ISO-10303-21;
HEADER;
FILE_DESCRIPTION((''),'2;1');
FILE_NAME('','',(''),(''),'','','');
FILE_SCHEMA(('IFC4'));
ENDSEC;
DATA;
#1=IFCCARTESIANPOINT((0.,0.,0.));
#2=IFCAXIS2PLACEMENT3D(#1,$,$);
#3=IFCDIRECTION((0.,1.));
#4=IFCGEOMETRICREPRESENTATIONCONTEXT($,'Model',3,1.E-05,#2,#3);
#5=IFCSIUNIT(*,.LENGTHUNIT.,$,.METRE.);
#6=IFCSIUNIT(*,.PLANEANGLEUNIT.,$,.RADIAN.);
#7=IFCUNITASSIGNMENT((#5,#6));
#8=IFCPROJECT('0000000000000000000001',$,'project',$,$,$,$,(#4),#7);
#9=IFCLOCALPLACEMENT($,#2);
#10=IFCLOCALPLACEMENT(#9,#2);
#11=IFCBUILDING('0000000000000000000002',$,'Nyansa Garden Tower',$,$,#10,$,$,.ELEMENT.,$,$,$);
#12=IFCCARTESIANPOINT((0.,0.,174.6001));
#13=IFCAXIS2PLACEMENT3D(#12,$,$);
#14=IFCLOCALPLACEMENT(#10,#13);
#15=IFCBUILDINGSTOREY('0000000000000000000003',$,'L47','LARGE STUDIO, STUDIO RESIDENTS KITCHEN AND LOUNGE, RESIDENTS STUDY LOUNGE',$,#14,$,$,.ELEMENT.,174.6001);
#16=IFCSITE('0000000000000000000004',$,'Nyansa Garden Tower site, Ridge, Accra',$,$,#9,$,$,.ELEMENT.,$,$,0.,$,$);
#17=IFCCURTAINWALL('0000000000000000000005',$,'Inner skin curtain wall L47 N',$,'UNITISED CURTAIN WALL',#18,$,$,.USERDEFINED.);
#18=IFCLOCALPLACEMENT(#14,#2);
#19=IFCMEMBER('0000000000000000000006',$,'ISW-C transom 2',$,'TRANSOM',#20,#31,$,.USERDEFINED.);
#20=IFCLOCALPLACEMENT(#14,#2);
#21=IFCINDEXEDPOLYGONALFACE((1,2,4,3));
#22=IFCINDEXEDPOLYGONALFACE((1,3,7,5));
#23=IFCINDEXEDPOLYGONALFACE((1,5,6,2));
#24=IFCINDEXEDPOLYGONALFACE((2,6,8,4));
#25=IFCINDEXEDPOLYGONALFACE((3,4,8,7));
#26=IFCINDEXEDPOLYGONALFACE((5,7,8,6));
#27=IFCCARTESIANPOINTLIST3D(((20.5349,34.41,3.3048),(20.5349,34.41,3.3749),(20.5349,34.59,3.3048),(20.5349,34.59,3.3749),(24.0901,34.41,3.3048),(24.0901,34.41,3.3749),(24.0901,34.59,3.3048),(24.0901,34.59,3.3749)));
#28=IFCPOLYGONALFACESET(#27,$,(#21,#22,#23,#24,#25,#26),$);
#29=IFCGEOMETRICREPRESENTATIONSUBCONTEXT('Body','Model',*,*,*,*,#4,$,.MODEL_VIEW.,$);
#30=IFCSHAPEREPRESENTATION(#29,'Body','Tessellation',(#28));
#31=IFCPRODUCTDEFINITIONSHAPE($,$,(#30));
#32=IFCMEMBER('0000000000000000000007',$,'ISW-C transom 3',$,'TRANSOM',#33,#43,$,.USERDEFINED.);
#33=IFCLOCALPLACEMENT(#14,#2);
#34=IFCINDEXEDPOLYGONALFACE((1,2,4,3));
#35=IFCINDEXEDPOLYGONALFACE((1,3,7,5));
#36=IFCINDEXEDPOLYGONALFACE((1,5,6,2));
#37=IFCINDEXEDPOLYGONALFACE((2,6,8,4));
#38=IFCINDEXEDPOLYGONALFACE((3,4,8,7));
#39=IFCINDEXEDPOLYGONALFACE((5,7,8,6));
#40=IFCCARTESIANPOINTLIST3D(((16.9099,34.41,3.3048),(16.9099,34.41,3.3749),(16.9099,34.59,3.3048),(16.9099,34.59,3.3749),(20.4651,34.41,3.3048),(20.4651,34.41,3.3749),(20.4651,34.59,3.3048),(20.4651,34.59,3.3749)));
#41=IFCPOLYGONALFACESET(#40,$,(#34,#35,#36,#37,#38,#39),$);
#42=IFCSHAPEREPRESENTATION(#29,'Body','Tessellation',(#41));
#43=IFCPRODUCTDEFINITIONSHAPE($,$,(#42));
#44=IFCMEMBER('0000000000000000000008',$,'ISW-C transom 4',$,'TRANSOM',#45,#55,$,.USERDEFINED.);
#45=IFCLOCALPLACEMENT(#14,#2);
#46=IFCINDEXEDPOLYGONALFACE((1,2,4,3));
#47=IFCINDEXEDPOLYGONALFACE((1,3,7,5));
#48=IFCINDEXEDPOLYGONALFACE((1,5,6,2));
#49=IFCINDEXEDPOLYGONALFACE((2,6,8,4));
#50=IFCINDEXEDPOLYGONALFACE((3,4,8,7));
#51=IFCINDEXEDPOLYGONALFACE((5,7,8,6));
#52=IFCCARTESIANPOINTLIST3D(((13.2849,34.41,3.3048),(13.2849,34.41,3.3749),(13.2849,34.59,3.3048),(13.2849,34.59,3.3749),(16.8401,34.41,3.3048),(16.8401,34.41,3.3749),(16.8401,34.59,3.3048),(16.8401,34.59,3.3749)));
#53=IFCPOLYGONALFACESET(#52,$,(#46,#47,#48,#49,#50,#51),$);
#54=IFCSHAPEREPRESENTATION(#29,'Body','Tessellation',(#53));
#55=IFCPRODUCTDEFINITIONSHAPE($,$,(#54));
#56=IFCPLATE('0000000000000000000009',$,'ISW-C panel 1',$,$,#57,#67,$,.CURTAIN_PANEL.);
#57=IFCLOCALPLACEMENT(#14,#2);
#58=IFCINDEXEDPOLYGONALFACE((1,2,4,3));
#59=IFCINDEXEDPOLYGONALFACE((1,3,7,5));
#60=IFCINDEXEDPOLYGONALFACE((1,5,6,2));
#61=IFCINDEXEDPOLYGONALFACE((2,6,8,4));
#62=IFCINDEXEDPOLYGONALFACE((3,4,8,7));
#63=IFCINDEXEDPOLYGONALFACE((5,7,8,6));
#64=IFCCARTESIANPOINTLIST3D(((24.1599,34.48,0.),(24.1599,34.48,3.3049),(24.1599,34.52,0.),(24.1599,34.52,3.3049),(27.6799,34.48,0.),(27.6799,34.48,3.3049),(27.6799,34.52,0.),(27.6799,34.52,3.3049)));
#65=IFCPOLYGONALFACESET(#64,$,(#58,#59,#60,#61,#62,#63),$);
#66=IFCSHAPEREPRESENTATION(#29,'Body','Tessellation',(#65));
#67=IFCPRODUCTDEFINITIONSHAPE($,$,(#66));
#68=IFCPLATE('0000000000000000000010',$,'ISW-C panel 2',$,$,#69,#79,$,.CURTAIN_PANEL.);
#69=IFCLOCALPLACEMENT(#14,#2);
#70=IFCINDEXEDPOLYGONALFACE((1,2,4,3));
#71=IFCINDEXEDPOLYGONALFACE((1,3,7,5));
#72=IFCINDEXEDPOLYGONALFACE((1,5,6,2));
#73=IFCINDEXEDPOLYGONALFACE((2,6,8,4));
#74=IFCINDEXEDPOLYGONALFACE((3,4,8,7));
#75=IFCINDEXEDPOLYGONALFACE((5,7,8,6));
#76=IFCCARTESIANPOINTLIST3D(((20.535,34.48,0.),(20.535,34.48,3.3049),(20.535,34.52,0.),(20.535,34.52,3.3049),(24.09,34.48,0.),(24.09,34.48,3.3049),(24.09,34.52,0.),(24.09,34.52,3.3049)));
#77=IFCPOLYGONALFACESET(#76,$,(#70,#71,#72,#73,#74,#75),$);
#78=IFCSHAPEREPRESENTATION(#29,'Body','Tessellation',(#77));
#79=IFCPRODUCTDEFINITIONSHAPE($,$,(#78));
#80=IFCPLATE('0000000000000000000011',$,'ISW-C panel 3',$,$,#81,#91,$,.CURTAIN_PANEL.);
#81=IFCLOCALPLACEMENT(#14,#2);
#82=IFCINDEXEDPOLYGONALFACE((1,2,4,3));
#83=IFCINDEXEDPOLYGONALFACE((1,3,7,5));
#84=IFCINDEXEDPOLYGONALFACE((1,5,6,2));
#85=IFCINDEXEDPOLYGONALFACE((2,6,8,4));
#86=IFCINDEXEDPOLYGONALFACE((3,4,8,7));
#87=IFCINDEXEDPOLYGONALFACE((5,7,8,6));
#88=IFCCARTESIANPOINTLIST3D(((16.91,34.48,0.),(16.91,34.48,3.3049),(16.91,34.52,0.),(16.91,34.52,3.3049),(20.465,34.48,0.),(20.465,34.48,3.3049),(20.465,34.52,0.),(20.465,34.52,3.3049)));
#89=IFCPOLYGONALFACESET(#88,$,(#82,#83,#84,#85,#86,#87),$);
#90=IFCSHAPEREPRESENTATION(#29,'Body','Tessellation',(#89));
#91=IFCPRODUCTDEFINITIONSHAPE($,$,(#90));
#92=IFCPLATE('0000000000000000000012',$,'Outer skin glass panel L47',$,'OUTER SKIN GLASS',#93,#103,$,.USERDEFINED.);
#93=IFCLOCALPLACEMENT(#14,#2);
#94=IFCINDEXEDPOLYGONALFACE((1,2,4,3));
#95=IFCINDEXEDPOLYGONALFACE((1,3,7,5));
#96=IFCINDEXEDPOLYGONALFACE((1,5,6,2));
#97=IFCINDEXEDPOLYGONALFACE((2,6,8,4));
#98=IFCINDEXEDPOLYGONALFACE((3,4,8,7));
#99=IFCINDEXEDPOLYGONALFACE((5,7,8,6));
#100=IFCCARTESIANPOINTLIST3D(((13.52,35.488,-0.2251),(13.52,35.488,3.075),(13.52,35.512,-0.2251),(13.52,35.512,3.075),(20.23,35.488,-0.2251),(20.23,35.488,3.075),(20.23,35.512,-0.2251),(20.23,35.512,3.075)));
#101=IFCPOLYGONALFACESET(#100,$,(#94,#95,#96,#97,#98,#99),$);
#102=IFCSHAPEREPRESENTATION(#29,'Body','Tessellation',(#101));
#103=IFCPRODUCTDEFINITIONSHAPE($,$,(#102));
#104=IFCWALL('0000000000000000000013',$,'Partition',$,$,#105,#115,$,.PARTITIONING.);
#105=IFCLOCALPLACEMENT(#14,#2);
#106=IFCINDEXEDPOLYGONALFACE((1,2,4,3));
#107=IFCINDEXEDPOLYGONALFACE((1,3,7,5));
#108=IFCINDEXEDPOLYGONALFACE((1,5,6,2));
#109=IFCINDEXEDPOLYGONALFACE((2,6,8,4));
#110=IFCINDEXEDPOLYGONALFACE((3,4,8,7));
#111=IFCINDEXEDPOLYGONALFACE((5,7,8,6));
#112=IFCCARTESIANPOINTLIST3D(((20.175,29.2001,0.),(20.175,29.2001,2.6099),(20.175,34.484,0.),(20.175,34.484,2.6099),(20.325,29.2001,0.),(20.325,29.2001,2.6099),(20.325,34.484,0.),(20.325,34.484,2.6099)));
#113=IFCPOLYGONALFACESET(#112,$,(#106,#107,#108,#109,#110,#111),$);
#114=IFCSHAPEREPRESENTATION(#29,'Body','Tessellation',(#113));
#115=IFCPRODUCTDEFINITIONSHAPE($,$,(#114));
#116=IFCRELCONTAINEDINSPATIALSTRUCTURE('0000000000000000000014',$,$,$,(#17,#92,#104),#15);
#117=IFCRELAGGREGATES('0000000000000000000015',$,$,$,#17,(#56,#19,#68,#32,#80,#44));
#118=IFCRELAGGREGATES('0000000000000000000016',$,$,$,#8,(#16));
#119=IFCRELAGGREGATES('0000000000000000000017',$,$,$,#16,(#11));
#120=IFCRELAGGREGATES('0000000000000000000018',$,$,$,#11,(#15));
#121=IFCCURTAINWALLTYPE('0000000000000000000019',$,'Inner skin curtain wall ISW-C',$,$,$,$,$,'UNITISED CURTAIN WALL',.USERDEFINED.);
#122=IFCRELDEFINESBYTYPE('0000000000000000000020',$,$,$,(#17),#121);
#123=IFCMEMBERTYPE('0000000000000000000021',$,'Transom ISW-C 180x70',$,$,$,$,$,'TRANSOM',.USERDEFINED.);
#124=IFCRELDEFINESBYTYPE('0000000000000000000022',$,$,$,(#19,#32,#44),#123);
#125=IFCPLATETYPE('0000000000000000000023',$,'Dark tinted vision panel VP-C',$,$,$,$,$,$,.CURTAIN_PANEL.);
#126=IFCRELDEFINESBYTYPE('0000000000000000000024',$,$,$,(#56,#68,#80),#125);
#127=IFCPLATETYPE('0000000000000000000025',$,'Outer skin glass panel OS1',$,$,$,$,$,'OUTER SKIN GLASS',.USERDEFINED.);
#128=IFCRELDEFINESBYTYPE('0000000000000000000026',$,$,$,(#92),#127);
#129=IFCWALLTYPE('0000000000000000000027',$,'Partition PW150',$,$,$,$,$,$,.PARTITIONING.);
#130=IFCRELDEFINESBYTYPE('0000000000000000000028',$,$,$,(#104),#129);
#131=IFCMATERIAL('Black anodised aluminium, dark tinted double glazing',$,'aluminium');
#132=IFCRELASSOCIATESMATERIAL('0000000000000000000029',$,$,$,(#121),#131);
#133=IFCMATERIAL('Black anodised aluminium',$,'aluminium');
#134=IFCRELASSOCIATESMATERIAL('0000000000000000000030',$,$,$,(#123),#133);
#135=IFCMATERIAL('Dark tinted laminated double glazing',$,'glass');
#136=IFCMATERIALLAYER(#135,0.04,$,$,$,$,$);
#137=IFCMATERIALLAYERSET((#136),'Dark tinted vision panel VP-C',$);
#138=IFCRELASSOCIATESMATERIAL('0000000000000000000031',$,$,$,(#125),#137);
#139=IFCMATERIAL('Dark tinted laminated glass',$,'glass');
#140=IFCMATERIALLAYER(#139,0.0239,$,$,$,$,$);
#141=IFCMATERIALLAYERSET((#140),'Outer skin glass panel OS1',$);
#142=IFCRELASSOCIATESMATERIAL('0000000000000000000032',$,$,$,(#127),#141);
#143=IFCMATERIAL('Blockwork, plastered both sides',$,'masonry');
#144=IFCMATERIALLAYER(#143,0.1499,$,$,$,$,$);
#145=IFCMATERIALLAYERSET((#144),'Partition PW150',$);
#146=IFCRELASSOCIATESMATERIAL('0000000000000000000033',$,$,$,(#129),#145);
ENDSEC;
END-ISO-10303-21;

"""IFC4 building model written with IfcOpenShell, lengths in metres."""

from ifc_helpers import new_model, si_unit, direction, frame, frame_2d, origin, origin_2d, place, context, subcontext, project, spatial, rectangle, extrude, material, layer, layer_set, material_profile, profile_set, type_object, element, aggregate, save


model = new_model("IFC4")

# Units and contexts
model_context = context("Model", 3, precision=1e-05, world=origin(), true_north=direction((0.0, 1.0)))
body_context = subcontext(model_context, "Body", "Model", "MODEL_VIEW")
ifc_project = project(units=[si_unit("LENGTHUNIT", "METRE"), si_unit("PLANEANGLEUNIT", "RADIAN")], contexts=[model_context])

# Site, building, storey
site_placement = place(None, origin())
site = spatial("IfcSite", under=ifc_project, at=site_placement, Name="Nyansa Garden Tower site, Ridge, Accra", CompositionType="ELEMENT", RefElevation=0.0)
building_placement = place(site_placement, origin())
building = spatial("IfcBuilding", under=site, at=building_placement, Name="Nyansa Garden Tower", CompositionType="ELEMENT")
storey_placement = place(building_placement, frame((0.0, 0.0, 174.6001)))
storey = spatial("IfcBuildingStorey", under=building, at=storey_placement, Name="L47", Description="LARGE STUDIO, STUDIO RESIDENTS KITCHEN AND LOUNGE, RESIDENTS STUDY LOUNGE", CompositionType="ELEMENT", Elevation=174.6001)

# Curtain wall
ifc_material_1 = material(Name="Black anodised aluminium, dark tinted double glazing", Category="aluminium")
curtain_wall_type = type_object("IfcCurtainWallType", Name="Inner skin curtain wall ISW-C", ElementType="UNITISED CURTAIN WALL", PredefinedType="USERDEFINED", material=ifc_material_1)
curtain_wall_placement = place(storey_placement, origin())
curtain_wall = element("IfcCurtainWall", 1, at=curtain_wall_placement, inside=storey, type_object=curtain_wall_type, Name="Inner skin curtain wall L47 N", ObjectType="UNITISED CURTAIN WALL", PredefinedType="USERDEFINED")

# Members
ifc_material_2 = material(Name="Black anodised aluminium", Category="aluminium")
ifc_material_profile_1 = material_profile(ifc_material_2, rectangle(XDim=0.1799, YDim=0.0701, at=origin_2d()), Name="Transom 180x70")
ifc_profile_set_1 = profile_set([ifc_material_profile_1], Name="Black anodised aluminium")
member_type_1 = type_object("IfcMemberType", Name="Transom ISW-C 180x70", ElementType="TRANSOM", PredefinedType="USERDEFINED", material=ifc_profile_set_1)
member_1_placement = place(storey_placement, frame((24.0901, 34.5, 3.3398), z_axis=(-1.0, 0.0, 0.0), x_axis=(0.0, -1.0, 0.0)))
member_1 = element("IfcMember", 2, at=member_1_placement, type_object=member_type_1, Name="ISW-C transom 2", ObjectType="TRANSOM", PredefinedType="USERDEFINED", context=body_context, shape_type="SweptSolid", body=[
    extrude(rectangle(XDim=0.1799, YDim=0.0701, at=origin_2d()), origin(), (0.0, 0.0, 1.0), 3.5552),
])
member_2_placement = place(storey_placement, frame((20.4651, 34.5, 3.3398), z_axis=(-1.0, 0.0, 0.0), x_axis=(0.0, -1.0, 0.0)))
member_2 = element("IfcMember", 3, at=member_2_placement, type_object=member_type_1, Name="ISW-C transom 3", ObjectType="TRANSOM", PredefinedType="USERDEFINED", context=body_context, shape_type="SweptSolid", body=[
    extrude(rectangle(XDim=0.1799, YDim=0.0701, at=origin_2d()), origin(), (0.0, 0.0, 1.0), 3.5552),
])
member_3_placement = place(storey_placement, frame((16.8401, 34.5, 3.3398), z_axis=(-1.0, 0.0, 0.0), x_axis=(0.0, -1.0, 0.0)))
member_3 = element("IfcMember", 4, at=member_3_placement, type_object=member_type_1, Name="ISW-C transom 4", ObjectType="TRANSOM", PredefinedType="USERDEFINED", context=body_context, shape_type="SweptSolid", body=[
    extrude(rectangle(XDim=0.1799, YDim=0.0701, at=origin_2d()), origin(), (0.0, 0.0, 1.0), 3.5552),
])

# Plates
ifc_material_3 = material(Name="Dark tinted laminated double glazing", Category="glass")
ifc_layer_1 = layer(ifc_material_3, 0.04)
ifc_layer_set_1 = layer_set([ifc_layer_1], Name="Dark tinted vision panel VP-C")
plate_type_1 = type_object("IfcPlateType", Name="Dark tinted vision panel VP-C", PredefinedType="CURTAIN_PANEL", material=ifc_layer_set_1)
plate_1_placement = place(storey_placement, frame((25.9199, 34.5, 0.0), z_axis=(0.0, 0.0, 1.0), x_axis=(-1.0, 0.0, 0.0)))
plate_1 = element("IfcPlate", 5, at=plate_1_placement, type_object=plate_type_1, Name="ISW-C panel 1", PredefinedType="CURTAIN_PANEL", context=body_context, shape_type="SweptSolid", body=[
    extrude(rectangle(XDim=3.52, YDim=0.04, at=origin_2d()), origin(), (0.0, 0.0, 1.0), 3.3049),
])
plate_2_placement = place(storey_placement, frame((22.3125, 34.5, 0.0), z_axis=(0.0, 0.0, 1.0), x_axis=(-1.0, 0.0, 0.0)))
plate_2 = element("IfcPlate", 6, at=plate_2_placement, type_object=plate_type_1, Name="ISW-C panel 2", PredefinedType="CURTAIN_PANEL", context=body_context, shape_type="SweptSolid", body=[
    extrude(rectangle(XDim=3.5549, YDim=0.04, at=origin_2d()), origin(), (0.0, 0.0, 1.0), 3.3049),
])
plate_3_placement = place(storey_placement, frame((18.6875, 34.5, 0.0), z_axis=(0.0, 0.0, 1.0), x_axis=(-1.0, 0.0, 0.0)))
plate_3 = element("IfcPlate", 7, at=plate_3_placement, type_object=plate_type_1, Name="ISW-C panel 3", PredefinedType="CURTAIN_PANEL", context=body_context, shape_type="SweptSolid", body=[
    extrude(rectangle(XDim=3.5549, YDim=0.04, at=origin_2d()), origin(), (0.0, 0.0, 1.0), 3.3049),
])
aggregate(curtain_wall, [plate_1, member_1, plate_2, member_2, plate_3, member_3])
ifc_material_4 = material(Name="Dark tinted laminated glass", Category="glass")
ifc_layer_2 = layer(ifc_material_4, 0.0239)
ifc_layer_set_2 = layer_set([ifc_layer_2], Name="Outer skin glass panel OS1")
plate_type_2 = type_object("IfcPlateType", Name="Outer skin glass panel OS1", ElementType="OUTER SKIN GLASS", PredefinedType="USERDEFINED", material=ifc_layer_set_2)
plate_4_placement = place(storey_placement, frame((16.875, 35.5, -0.2251), z_axis=(0.0, 0.0, 1.0), x_axis=(1.0, 0.0, 0.0)))
element("IfcPlate", 8, at=plate_4_placement, inside=storey, type_object=plate_type_2, Name="Outer skin glass panel L47", ObjectType="OUTER SKIN GLASS", PredefinedType="USERDEFINED", context=body_context, shape_type="SweptSolid", body=[
    extrude(rectangle(XDim=6.71, YDim=0.0239, at=origin_2d()), origin(), (0.0, 0.0, 1.0), 3.3),
])

# Wall
ifc_material_5 = material(Name="Blockwork, plastered both sides", Category="masonry")
ifc_layer_3 = layer(ifc_material_5, 0.1499)
ifc_layer_set_3 = layer_set([ifc_layer_3], Name="Partition PW150")
wall_type = type_object("IfcWallType", Name="Partition PW150", PredefinedType="PARTITIONING", material=ifc_layer_set_3)
wall_placement = place(storey_placement, frame((20.25, 29.2, 0.0), z_axis=(0.0, 0.0, 1.0), x_axis=(0.0, 1.0, 0.0)))
element("IfcWall", 9, at=wall_placement, inside=storey, type_object=wall_type, Name="Partition", PredefinedType="PARTITIONING", context=body_context, shape_type="SweptSolid", body=[
    extrude(rectangle(XDim=5.2839, YDim=0.1499, at=frame_2d((2.6421, 0.0))), origin(), (0.0, 0.0, 1.0), 2.6099),
])

save(model, "model.ifc")
